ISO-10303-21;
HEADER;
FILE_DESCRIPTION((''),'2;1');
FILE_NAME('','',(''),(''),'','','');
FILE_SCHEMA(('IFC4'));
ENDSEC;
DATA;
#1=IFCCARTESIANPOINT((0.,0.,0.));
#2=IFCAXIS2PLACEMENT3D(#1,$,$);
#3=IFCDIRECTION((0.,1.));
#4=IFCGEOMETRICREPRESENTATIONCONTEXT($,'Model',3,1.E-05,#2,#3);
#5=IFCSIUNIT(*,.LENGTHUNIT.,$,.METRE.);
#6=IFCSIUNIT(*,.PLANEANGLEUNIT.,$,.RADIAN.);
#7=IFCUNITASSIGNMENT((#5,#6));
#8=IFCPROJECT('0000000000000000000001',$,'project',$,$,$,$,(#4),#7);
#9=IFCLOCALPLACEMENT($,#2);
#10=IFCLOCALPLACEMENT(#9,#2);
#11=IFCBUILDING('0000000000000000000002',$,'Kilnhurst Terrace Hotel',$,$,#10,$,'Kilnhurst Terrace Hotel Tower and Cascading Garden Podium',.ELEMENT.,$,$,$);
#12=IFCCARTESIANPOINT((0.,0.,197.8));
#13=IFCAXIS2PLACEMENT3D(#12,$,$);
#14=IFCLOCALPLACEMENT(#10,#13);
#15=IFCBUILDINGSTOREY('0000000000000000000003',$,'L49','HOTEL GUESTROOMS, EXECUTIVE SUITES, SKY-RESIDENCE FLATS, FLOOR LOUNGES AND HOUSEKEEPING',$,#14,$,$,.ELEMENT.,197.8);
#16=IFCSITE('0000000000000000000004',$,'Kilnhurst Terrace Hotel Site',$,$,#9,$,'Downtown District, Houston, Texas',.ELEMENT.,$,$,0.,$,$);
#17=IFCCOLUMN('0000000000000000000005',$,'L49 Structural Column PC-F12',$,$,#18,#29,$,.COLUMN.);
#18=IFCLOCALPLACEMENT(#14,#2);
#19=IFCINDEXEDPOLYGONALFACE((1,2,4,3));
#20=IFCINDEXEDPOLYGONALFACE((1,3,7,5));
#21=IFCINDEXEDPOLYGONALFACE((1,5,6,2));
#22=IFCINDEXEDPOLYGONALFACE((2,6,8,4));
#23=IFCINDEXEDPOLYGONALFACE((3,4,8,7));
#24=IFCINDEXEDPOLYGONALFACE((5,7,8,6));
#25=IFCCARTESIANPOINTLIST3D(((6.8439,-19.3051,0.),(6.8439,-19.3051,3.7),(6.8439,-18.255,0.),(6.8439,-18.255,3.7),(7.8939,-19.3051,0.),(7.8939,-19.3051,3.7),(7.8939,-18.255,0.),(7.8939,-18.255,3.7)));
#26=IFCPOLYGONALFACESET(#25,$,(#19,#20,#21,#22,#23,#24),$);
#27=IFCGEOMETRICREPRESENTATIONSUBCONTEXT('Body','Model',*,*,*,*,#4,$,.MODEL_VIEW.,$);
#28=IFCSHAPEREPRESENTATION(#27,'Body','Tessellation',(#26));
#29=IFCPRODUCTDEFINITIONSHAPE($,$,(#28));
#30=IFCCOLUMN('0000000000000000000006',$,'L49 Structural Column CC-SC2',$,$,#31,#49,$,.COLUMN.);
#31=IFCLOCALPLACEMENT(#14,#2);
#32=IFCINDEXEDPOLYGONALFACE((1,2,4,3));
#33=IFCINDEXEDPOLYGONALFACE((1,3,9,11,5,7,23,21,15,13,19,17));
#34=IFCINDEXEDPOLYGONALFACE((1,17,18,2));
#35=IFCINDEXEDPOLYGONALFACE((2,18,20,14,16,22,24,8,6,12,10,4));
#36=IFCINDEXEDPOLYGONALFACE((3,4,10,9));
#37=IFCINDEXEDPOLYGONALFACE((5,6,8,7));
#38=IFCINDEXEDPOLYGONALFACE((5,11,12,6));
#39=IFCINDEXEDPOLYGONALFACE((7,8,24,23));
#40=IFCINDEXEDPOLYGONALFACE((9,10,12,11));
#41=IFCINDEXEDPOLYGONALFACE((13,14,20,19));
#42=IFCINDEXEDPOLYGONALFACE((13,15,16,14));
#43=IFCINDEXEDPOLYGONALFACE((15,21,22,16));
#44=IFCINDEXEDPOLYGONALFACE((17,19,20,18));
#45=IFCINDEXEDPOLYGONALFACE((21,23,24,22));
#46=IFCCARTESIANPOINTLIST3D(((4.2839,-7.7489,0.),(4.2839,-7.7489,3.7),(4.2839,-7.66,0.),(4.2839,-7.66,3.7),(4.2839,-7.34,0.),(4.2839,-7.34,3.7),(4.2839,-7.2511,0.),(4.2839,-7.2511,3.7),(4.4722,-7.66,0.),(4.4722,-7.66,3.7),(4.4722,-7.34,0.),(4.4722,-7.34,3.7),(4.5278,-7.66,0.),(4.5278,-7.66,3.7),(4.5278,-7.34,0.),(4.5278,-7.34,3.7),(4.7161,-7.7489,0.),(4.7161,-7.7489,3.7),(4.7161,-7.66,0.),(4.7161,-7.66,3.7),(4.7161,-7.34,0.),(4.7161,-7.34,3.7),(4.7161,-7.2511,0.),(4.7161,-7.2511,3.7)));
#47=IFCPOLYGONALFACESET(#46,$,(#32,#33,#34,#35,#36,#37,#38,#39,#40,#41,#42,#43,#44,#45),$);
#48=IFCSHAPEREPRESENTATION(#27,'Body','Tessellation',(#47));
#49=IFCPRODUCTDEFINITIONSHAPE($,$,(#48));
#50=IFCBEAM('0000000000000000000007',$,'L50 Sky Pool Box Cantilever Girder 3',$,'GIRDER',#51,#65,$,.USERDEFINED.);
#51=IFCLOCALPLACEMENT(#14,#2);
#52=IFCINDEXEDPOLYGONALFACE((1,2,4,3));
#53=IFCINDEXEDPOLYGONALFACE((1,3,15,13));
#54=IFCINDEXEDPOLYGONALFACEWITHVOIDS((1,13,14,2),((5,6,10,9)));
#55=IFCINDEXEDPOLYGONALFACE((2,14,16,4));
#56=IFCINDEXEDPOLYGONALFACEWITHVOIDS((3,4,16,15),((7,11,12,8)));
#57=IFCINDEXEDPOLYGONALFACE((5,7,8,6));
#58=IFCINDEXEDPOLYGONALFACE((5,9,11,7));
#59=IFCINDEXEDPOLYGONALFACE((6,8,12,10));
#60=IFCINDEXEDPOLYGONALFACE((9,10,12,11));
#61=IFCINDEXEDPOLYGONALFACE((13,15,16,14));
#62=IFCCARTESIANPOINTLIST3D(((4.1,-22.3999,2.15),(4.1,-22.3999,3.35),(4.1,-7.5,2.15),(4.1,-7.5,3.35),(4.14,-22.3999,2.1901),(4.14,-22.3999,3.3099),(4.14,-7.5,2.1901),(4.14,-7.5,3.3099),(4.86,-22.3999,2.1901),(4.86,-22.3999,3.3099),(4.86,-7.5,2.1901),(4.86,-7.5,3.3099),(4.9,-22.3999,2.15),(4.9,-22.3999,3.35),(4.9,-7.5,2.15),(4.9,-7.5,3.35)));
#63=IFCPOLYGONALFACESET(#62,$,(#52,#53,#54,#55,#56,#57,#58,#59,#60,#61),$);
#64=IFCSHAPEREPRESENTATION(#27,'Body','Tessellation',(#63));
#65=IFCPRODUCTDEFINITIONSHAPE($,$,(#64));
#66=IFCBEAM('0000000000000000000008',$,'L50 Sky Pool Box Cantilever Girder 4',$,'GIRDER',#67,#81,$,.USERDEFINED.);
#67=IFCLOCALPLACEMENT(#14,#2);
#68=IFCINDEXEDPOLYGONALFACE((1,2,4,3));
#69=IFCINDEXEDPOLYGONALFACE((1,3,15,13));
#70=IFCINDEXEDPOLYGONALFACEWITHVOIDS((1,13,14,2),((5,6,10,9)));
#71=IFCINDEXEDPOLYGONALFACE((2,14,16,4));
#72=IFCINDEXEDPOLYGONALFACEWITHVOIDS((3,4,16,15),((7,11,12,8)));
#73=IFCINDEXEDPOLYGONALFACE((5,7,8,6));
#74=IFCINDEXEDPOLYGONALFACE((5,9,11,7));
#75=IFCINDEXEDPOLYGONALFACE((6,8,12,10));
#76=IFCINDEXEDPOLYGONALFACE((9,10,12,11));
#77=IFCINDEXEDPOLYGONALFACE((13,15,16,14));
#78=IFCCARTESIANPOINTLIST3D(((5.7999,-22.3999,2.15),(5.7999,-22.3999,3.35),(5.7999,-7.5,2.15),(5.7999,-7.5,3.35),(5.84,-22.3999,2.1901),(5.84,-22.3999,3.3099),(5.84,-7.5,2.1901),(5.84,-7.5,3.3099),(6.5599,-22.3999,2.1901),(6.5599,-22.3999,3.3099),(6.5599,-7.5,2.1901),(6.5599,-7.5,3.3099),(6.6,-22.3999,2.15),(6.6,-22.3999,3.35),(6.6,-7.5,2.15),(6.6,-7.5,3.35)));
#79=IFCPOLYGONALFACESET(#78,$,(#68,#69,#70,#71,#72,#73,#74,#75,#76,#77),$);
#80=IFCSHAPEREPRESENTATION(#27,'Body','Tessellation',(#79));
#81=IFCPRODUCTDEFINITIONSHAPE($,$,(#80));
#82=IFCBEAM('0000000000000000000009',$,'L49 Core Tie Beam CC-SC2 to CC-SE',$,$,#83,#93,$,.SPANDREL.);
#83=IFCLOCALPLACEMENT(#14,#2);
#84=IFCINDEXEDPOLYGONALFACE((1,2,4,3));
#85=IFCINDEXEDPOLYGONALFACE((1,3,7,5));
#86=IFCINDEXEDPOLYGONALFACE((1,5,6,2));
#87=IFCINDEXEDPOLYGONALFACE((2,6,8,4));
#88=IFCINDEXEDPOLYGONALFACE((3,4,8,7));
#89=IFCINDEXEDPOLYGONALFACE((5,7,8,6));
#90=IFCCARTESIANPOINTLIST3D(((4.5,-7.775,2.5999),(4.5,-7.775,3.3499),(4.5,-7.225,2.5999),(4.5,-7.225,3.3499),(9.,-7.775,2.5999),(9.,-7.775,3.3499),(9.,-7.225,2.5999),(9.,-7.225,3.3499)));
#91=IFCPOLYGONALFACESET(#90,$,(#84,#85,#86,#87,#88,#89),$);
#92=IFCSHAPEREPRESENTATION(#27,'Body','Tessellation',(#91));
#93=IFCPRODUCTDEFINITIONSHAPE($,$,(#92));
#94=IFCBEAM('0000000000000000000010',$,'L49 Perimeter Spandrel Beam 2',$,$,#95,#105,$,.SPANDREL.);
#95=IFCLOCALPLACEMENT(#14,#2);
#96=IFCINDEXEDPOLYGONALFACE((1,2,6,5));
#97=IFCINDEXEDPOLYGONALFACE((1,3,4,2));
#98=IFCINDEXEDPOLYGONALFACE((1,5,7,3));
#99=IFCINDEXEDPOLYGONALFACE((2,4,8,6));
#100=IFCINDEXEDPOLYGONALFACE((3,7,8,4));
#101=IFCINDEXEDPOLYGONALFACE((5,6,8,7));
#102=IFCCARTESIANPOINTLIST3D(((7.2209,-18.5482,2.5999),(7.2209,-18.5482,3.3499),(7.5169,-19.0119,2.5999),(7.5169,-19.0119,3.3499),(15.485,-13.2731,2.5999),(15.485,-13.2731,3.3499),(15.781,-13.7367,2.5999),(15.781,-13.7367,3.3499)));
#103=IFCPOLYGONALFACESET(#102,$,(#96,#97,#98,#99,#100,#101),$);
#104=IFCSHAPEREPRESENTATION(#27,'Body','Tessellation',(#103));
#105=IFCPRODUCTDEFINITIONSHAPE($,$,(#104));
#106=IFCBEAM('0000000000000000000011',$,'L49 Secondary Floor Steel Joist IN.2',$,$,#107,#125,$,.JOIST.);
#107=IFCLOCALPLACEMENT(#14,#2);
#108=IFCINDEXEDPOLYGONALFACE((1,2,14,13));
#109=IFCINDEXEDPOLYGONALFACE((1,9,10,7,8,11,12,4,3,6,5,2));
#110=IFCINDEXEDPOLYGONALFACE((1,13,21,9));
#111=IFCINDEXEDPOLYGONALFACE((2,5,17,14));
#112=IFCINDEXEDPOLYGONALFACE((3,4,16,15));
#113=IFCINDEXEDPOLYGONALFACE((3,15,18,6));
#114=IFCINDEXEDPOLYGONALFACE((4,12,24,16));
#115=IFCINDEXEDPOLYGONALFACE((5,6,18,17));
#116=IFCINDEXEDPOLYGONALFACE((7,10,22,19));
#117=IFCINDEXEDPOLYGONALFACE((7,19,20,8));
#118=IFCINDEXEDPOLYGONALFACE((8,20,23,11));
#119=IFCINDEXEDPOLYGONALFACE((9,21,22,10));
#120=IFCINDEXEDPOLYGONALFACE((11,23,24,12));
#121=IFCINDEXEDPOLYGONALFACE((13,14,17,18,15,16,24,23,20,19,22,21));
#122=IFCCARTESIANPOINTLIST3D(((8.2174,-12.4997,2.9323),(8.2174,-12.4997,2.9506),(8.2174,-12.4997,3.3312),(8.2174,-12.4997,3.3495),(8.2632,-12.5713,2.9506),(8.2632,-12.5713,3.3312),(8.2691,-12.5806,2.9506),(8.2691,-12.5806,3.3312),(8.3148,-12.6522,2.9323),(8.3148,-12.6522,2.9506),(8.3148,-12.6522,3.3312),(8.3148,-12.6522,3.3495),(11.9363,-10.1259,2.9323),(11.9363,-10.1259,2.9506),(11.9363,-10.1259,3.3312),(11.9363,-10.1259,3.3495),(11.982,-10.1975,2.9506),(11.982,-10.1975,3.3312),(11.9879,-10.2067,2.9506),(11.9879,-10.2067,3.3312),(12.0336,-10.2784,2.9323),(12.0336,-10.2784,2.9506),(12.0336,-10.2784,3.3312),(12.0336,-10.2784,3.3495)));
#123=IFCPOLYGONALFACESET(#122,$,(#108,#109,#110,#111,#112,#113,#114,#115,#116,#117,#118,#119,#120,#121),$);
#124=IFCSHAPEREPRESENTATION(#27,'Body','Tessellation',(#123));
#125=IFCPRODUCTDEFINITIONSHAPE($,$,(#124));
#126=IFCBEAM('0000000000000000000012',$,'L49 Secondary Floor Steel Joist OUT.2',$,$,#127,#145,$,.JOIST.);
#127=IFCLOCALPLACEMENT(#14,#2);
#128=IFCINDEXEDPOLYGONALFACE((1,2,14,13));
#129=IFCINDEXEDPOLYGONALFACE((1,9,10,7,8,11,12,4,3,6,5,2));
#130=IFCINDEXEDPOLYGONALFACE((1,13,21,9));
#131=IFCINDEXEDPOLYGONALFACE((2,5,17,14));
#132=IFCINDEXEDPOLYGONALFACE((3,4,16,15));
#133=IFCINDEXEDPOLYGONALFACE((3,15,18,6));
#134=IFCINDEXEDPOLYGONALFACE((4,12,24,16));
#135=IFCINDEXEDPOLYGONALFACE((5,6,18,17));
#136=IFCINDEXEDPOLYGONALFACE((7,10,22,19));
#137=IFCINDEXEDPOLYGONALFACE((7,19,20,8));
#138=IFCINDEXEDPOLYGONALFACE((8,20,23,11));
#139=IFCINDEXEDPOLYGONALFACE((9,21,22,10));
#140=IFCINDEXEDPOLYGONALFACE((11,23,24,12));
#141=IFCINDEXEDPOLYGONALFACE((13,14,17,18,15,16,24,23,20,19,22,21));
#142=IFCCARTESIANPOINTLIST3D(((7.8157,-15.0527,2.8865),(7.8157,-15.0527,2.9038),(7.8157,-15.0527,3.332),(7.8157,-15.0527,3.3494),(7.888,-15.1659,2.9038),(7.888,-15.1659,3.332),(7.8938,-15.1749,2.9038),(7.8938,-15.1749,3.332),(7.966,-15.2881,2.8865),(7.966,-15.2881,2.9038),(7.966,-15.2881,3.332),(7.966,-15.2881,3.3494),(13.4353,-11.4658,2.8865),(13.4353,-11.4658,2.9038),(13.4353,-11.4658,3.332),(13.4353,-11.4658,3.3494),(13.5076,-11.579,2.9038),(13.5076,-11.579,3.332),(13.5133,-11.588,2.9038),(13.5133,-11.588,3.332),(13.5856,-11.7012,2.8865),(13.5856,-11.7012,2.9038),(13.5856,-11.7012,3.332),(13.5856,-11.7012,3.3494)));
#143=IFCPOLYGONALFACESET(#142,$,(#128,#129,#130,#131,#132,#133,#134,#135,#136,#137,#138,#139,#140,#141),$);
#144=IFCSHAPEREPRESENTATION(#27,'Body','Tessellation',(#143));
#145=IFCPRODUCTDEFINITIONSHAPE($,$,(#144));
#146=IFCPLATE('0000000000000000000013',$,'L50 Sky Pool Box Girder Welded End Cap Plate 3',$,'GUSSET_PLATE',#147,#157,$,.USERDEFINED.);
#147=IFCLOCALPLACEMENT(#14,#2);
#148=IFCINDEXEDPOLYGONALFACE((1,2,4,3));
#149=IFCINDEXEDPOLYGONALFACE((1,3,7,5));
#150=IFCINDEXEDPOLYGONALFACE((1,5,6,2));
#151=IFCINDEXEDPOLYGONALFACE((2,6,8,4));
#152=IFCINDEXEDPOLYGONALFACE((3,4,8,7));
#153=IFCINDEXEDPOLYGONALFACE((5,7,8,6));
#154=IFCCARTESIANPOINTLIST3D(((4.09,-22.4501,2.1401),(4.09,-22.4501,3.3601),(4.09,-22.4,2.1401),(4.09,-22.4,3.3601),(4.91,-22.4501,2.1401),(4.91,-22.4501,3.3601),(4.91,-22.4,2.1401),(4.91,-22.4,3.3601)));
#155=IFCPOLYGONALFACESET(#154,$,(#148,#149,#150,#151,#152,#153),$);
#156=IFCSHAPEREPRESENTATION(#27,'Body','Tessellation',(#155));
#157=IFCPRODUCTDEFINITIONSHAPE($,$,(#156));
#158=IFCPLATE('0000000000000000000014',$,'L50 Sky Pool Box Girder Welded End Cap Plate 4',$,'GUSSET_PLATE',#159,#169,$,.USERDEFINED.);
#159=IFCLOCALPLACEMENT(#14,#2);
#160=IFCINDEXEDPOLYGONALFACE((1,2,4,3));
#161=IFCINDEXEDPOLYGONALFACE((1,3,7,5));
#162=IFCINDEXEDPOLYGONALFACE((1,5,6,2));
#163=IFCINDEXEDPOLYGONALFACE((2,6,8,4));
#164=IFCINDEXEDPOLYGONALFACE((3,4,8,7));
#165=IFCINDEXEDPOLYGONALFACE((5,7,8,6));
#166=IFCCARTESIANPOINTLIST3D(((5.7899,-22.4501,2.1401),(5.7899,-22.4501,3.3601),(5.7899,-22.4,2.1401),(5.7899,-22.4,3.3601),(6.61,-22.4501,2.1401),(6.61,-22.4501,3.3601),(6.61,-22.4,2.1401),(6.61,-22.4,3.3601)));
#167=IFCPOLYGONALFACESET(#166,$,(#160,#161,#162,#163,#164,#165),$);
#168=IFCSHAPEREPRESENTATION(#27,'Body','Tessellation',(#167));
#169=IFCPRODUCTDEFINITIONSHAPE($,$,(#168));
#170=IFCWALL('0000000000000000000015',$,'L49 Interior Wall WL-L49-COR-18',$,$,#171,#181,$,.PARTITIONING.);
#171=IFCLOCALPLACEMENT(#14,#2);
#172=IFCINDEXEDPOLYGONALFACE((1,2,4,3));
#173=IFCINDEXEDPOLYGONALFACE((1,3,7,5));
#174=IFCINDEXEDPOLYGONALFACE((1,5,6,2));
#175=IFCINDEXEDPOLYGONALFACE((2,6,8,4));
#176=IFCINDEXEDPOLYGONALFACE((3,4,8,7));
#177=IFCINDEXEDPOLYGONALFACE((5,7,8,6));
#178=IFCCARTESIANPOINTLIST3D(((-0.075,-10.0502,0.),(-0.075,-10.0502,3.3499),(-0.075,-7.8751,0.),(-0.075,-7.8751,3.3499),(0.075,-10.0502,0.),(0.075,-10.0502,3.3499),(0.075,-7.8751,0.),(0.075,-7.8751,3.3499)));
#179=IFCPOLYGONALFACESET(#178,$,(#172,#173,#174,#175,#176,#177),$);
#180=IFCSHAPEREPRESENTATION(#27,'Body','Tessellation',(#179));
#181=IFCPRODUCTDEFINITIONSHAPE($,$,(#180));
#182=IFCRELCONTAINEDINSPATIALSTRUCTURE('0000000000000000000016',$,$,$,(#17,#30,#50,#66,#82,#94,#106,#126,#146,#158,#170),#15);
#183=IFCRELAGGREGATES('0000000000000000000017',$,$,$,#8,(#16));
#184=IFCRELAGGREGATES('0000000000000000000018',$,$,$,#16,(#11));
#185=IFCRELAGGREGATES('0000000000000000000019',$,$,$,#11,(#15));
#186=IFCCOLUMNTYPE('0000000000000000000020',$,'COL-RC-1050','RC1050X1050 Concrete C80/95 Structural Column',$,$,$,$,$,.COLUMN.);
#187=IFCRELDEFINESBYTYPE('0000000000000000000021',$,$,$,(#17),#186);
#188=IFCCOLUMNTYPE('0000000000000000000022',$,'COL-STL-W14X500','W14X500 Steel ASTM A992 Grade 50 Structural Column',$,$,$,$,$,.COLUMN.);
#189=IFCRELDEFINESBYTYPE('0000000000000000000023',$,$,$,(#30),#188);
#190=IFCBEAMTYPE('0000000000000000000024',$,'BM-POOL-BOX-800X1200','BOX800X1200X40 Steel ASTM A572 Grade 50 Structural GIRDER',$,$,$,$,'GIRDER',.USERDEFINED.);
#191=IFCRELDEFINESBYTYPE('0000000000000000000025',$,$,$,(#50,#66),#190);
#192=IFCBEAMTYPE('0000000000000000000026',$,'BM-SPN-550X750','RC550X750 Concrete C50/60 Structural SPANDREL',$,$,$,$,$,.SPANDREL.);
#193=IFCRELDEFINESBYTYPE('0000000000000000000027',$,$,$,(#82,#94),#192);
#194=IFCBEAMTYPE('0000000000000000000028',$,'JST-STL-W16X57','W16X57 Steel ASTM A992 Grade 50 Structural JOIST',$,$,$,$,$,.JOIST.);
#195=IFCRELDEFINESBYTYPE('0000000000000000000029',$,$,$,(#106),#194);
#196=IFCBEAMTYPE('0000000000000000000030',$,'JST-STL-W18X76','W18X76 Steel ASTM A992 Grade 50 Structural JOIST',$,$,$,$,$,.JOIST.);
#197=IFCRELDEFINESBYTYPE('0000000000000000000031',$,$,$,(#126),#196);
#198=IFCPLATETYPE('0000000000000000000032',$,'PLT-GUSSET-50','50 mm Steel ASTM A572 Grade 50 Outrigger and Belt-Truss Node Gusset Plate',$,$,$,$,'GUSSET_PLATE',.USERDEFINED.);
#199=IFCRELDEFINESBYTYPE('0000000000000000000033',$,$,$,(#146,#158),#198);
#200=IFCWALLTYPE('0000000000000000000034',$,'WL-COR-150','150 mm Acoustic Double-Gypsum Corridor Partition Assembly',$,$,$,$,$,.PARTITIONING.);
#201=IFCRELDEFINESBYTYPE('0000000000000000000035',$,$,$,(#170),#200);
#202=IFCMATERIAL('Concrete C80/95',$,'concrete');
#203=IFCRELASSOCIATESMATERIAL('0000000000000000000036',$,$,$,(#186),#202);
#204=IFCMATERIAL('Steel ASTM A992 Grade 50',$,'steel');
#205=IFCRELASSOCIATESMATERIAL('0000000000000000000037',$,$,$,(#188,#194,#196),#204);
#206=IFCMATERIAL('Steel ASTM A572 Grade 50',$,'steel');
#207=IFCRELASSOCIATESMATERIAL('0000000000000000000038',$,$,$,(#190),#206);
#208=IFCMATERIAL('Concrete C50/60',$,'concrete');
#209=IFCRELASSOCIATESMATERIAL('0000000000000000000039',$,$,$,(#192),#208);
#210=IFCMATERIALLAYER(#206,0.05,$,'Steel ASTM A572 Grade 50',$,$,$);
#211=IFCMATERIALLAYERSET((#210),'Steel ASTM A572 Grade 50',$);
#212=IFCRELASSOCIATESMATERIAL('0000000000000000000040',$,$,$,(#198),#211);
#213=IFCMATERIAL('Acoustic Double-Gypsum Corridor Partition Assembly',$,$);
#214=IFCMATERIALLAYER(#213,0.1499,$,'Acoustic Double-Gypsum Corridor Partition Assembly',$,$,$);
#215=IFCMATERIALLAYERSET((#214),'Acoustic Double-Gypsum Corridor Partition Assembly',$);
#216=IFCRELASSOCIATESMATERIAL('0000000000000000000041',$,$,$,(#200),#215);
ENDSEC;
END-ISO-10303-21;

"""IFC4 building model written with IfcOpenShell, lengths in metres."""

from ifc_helpers import new_model, si_unit, direction, frame, frame_2d, origin, origin_2d, place, context, subcontext, project, spatial, rectangle, hollow_rectangle, i_section, extrude, material, layer, layer_set, material_profile, profile_set, type_object, element, save


model = new_model("IFC4")

# Units and contexts
model_context = context("Model", 3, precision=1e-05, world=origin(), true_north=direction((0.0, 1.0)))
body_context = subcontext(model_context, "Body", "Model", "MODEL_VIEW")
ifc_project = project(units=[si_unit("LENGTHUNIT", "METRE"), si_unit("PLANEANGLEUNIT", "RADIAN")], contexts=[model_context])

# Site, building, storey
site_placement = place(None, origin())
site = spatial("IfcSite", under=ifc_project, at=site_placement, Name="Kilnhurst Terrace Hotel Site", LongName="Downtown District, Houston, Texas", CompositionType="ELEMENT", RefElevation=0.0)
building_placement = place(site_placement, origin())
building = spatial("IfcBuilding", under=site, at=building_placement, Name="Kilnhurst Terrace Hotel", LongName="Kilnhurst Terrace Hotel Tower and Cascading Garden Podium", CompositionType="ELEMENT")
storey_placement = place(building_placement, frame((0.0, 0.0, 197.8)))
storey = spatial("IfcBuildingStorey", under=building, at=storey_placement, Name="L49", Description="HOTEL GUESTROOMS, EXECUTIVE SUITES, SKY-RESIDENCE FLATS, FLOOR LOUNGES AND HOUSEKEEPING", CompositionType="ELEMENT", Elevation=197.8)

# Columns
ifc_material_1 = material(Name="Concrete C80/95", Category="concrete")
ifc_material_profile_1 = material_profile(ifc_material_1, rectangle(XDim=1.05, YDim=1.05, at=origin_2d()), Name="RC1050X1050")
ifc_profile_set_1 = profile_set([ifc_material_profile_1], Name="Concrete C80/95")
column_type_1 = type_object("IfcColumnType", Name="COL-RC-1050", Description="RC1050X1050 Concrete C80/95 Structural Column", PredefinedType="COLUMN", material=ifc_profile_set_1)
column_1_placement = place(storey_placement, frame((7.3689, -18.78, 0.0), z_axis=(0.0, 0.0, 1.0), x_axis=(1.0, 0.0, 0.0)))
element("IfcColumn", 1, at=column_1_placement, inside=storey, type_object=column_type_1, Name="L49 Structural Column PC-F12", PredefinedType="COLUMN", context=body_context, shape_type="SweptSolid", body=[
    extrude(rectangle(XDim=1.05, YDim=1.05, at=origin_2d()), origin(), (0.0, 0.0, 1.0), 3.7),
])
ifc_material_2 = material(Name="Steel ASTM A992 Grade 50", Category="steel")
ifc_material_profile_2 = material_profile(ifc_material_2, i_section(OverallWidth=0.4321, OverallDepth=0.4978, WebThickness=0.0557, FlangeThickness=0.0889, at=origin_2d()), Name="W14X500")
ifc_profile_set_2 = profile_set([ifc_material_profile_2], Name="Steel ASTM A992 Grade 50")
column_type_2 = type_object("IfcColumnType", Name="COL-STL-W14X500", Description="W14X500 Steel ASTM A992 Grade 50 Structural Column", PredefinedType="COLUMN", material=ifc_profile_set_2)
column_2_placement = place(storey_placement, frame((4.5, -7.5, 0.0), z_axis=(0.0, 0.0, 1.0), x_axis=(1.0, 0.0, 0.0)))
element("IfcColumn", 2, at=column_2_placement, inside=storey, type_object=column_type_2, Name="L49 Structural Column CC-SC2", PredefinedType="COLUMN", context=body_context, shape_type="SweptSolid", body=[
    extrude(i_section(OverallWidth=0.4321, OverallDepth=0.4978, WebThickness=0.0557, FlangeThickness=0.0889, at=origin_2d()), origin(), (0.0, 0.0, 1.0), 3.7),
])

# Beams
ifc_material_3 = material(Name="Steel ASTM A572 Grade 50", Category="steel")
ifc_material_profile_3 = material_profile(ifc_material_3, hollow_rectangle(XDim=0.8, YDim=1.2, WallThickness=0.04, at=origin_2d()), Name="BOX800X1200X40")
ifc_profile_set_3 = profile_set([ifc_material_profile_3], Name="Steel ASTM A572 Grade 50")
beam_type_1 = type_object("IfcBeamType", Name="BM-POOL-BOX-800X1200", Description="BOX800X1200X40 Steel ASTM A572 Grade 50 Structural GIRDER", ElementType="GIRDER", PredefinedType="USERDEFINED", material=ifc_profile_set_3)
for number, where, z_axis, x_axis, name in (
    (3, (4.5, -7.5, 2.75), (0.0, -1.0, 0.0), (1.0, 0.0, 0.0), "L50 Sky Pool Box Cantilever Girder 3"),
    (4, (6.2, -7.5, 2.75), (0.0, -1.0, 0.0), (1.0, 0.0, 0.0), "L50 Sky Pool Box Cantilever Girder 4"),
):
    element("IfcBeam", number, at=place(storey_placement, frame(where, z_axis=z_axis, x_axis=x_axis)), inside=storey, type_object=beam_type_1, Name=name, ObjectType="GIRDER", PredefinedType="USERDEFINED", context=body_context, shape_type="SweptSolid", body=[
        extrude(hollow_rectangle(XDim=0.8, YDim=1.2, WallThickness=0.04, at=origin_2d()), origin(), (0.0, 0.0, 1.0), 14.8999),
    ])
ifc_material_4 = material(Name="Concrete C50/60", Category="concrete")
ifc_material_profile_4 = material_profile(ifc_material_4, rectangle(XDim=0.55, YDim=0.75, at=origin_2d()), Name="RC550X750")
ifc_profile_set_4 = profile_set([ifc_material_profile_4], Name="Concrete C50/60")
beam_type_2 = type_object("IfcBeamType", Name="BM-SPN-550X750", Description="RC550X750 Concrete C50/60 Structural SPANDREL", PredefinedType="SPANDREL", material=ifc_profile_set_4)
beam_1_placement = place(storey_placement, frame((4.5, -7.5, 2.9749), z_axis=(1.0, 0.0, 0.0), x_axis=(0.0, 1.0, 0.0)))
element("IfcBeam", 5, at=beam_1_placement, inside=storey, type_object=beam_type_2, Name="L49 Core Tie Beam CC-SC2 to CC-SE", PredefinedType="SPANDREL", context=body_context, shape_type="SweptSolid", body=[
    extrude(rectangle(XDim=0.55, YDim=0.75, at=origin_2d()), origin(), (0.0, 0.0, 1.0), 4.5),
])
beam_2_placement = place(storey_placement, frame((7.3689, -18.78, 2.9749), z_axis=(0.842915, 0.538046, 0.0), x_axis=(-0.538046, 0.842915, 0.0)))
element("IfcBeam", 6, at=beam_2_placement, inside=storey, type_object=beam_type_2, Name="L49 Perimeter Spandrel Beam 2", PredefinedType="SPANDREL", context=body_context, shape_type="SweptSolid", body=[
    extrude(rectangle(XDim=0.55, YDim=0.75, at=origin_2d()), origin(), (0.0, 0.0, 1.0), 9.8042),
])
ifc_material_profile_5 = material_profile(ifc_material_2, i_section(OverallWidth=0.1809, OverallDepth=0.4172, WebThickness=0.011, FlangeThickness=0.0183, at=origin_2d()), Name="W16X57")
ifc_profile_set_5 = profile_set([ifc_material_profile_5], Name="Steel ASTM A992 Grade 50")
beam_type_3 = type_object("IfcBeamType", Name="JST-STL-W16X57", Description="W16X57 Steel ASTM A992 Grade 50 Structural JOIST", PredefinedType="JOIST", material=ifc_profile_set_5)
beam_3_placement = place(storey_placement, frame((8.2661, -12.5759, 3.1409), z_axis=(0.842911, 0.538053, 0.0), x_axis=(-0.538053, 0.842911, 0.0)))
element("IfcBeam", 7, at=beam_3_placement, inside=storey, type_object=beam_type_3, Name="L49 Secondary Floor Steel Joist IN.2", PredefinedType="JOIST", context=body_context, shape_type="SweptSolid", body=[
    extrude(i_section(OverallWidth=0.1809, OverallDepth=0.4172, WebThickness=0.011, FlangeThickness=0.0183, at=origin_2d()), origin(), (0.0, 0.0, 1.0), 4.4119),
])
ifc_material_profile_6 = material_profile(ifc_material_2, i_section(OverallWidth=0.2793, OverallDepth=0.4629, WebThickness=0.0107, FlangeThickness=0.0173, at=origin_2d()), Name="W18X76")
ifc_profile_set_6 = profile_set([ifc_material_profile_6], Name="Steel ASTM A992 Grade 50")
beam_type_4 = type_object("IfcBeamType", Name="JST-STL-W18X76", Description="W18X76 Steel ASTM A992 Grade 50 Structural JOIST", PredefinedType="JOIST", material=ifc_profile_set_6)
beam_4_placement = place(storey_placement, frame((7.8909, -15.1704, 3.1179), z_axis=(0.842928, 0.538027, 0.0), x_axis=(-0.538027, 0.842928, 0.0)))
element("IfcBeam", 8, at=beam_4_placement, inside=storey, type_object=beam_type_4, Name="L49 Secondary Floor Steel Joist OUT.2", PredefinedType="JOIST", context=body_context, shape_type="SweptSolid", body=[
    extrude(i_section(OverallWidth=0.2793, OverallDepth=0.4629, WebThickness=0.0107, FlangeThickness=0.0173, at=origin_2d()), origin(), (0.0, 0.0, 1.0), 6.6667),
])

# Plates
ifc_layer_1 = layer(ifc_material_3, 0.05, Name="Steel ASTM A572 Grade 50")
ifc_layer_set_1 = layer_set([ifc_layer_1], Name="Steel ASTM A572 Grade 50")
plate_type = type_object("IfcPlateType", Name="PLT-GUSSET-50", Description="50 mm Steel ASTM A572 Grade 50 Outrigger and Belt-Truss Node Gusset Plate", ElementType="GUSSET_PLATE", PredefinedType="USERDEFINED", material=ifc_layer_set_1)
for number, where, z_axis, x_axis, name in (
    (9, (4.5, -22.425, 2.1401), (0.0, 0.0, 1.0), (1.0, 0.0, 0.0), "L50 Sky Pool Box Girder Welded End Cap Plate 3"),
    (10, (6.2, -22.425, 2.1401), (0.0, 0.0, 1.0), (1.0, 0.0, 0.0), "L50 Sky Pool Box Girder Welded End Cap Plate 4"),
):
    element("IfcPlate", number, at=place(storey_placement, frame(where, z_axis=z_axis, x_axis=x_axis)), inside=storey, type_object=plate_type, Name=name, ObjectType="GUSSET_PLATE", PredefinedType="USERDEFINED", context=body_context, shape_type="SweptSolid", body=[
        extrude(rectangle(XDim=0.8201, YDim=0.05, at=origin_2d()), origin(), (0.0, 0.0, 1.0), 1.22),
    ])

# Wall
ifc_material_5 = material(Name="Acoustic Double-Gypsum Corridor Partition Assembly")
ifc_layer_2 = layer(ifc_material_5, 0.1499, Name="Acoustic Double-Gypsum Corridor Partition Assembly")
ifc_layer_set_2 = layer_set([ifc_layer_2], Name="Acoustic Double-Gypsum Corridor Partition Assembly")
wall_type_1 = type_object("IfcWallType", Name="WL-COR-150", Description="150 mm Acoustic Double-Gypsum Corridor Partition Assembly", PredefinedType="PARTITIONING", material=ifc_layer_set_2)
for number, where, z_axis, x_axis, name in (
    (11, (0.0, -10.05, 0.0), (0.0, 0.0, 1.0), (0.0, 1.0, 0.0), "L49 Interior Wall WL-L49-COR-18"),
):
    element("IfcWall", number, at=place(storey_placement, frame(where, z_axis=z_axis, x_axis=x_axis)), inside=storey, type_object=wall_type_1, Name=name, PredefinedType="PARTITIONING", context=body_context, shape_type="SweptSolid", body=[
        extrude(rectangle(XDim=2.175, YDim=0.1499, at=frame_2d((1.0874, 0.0))), origin(), (0.0, 0.0, 1.0), 3.3499),
    ])

save(model, "model.ifc")
